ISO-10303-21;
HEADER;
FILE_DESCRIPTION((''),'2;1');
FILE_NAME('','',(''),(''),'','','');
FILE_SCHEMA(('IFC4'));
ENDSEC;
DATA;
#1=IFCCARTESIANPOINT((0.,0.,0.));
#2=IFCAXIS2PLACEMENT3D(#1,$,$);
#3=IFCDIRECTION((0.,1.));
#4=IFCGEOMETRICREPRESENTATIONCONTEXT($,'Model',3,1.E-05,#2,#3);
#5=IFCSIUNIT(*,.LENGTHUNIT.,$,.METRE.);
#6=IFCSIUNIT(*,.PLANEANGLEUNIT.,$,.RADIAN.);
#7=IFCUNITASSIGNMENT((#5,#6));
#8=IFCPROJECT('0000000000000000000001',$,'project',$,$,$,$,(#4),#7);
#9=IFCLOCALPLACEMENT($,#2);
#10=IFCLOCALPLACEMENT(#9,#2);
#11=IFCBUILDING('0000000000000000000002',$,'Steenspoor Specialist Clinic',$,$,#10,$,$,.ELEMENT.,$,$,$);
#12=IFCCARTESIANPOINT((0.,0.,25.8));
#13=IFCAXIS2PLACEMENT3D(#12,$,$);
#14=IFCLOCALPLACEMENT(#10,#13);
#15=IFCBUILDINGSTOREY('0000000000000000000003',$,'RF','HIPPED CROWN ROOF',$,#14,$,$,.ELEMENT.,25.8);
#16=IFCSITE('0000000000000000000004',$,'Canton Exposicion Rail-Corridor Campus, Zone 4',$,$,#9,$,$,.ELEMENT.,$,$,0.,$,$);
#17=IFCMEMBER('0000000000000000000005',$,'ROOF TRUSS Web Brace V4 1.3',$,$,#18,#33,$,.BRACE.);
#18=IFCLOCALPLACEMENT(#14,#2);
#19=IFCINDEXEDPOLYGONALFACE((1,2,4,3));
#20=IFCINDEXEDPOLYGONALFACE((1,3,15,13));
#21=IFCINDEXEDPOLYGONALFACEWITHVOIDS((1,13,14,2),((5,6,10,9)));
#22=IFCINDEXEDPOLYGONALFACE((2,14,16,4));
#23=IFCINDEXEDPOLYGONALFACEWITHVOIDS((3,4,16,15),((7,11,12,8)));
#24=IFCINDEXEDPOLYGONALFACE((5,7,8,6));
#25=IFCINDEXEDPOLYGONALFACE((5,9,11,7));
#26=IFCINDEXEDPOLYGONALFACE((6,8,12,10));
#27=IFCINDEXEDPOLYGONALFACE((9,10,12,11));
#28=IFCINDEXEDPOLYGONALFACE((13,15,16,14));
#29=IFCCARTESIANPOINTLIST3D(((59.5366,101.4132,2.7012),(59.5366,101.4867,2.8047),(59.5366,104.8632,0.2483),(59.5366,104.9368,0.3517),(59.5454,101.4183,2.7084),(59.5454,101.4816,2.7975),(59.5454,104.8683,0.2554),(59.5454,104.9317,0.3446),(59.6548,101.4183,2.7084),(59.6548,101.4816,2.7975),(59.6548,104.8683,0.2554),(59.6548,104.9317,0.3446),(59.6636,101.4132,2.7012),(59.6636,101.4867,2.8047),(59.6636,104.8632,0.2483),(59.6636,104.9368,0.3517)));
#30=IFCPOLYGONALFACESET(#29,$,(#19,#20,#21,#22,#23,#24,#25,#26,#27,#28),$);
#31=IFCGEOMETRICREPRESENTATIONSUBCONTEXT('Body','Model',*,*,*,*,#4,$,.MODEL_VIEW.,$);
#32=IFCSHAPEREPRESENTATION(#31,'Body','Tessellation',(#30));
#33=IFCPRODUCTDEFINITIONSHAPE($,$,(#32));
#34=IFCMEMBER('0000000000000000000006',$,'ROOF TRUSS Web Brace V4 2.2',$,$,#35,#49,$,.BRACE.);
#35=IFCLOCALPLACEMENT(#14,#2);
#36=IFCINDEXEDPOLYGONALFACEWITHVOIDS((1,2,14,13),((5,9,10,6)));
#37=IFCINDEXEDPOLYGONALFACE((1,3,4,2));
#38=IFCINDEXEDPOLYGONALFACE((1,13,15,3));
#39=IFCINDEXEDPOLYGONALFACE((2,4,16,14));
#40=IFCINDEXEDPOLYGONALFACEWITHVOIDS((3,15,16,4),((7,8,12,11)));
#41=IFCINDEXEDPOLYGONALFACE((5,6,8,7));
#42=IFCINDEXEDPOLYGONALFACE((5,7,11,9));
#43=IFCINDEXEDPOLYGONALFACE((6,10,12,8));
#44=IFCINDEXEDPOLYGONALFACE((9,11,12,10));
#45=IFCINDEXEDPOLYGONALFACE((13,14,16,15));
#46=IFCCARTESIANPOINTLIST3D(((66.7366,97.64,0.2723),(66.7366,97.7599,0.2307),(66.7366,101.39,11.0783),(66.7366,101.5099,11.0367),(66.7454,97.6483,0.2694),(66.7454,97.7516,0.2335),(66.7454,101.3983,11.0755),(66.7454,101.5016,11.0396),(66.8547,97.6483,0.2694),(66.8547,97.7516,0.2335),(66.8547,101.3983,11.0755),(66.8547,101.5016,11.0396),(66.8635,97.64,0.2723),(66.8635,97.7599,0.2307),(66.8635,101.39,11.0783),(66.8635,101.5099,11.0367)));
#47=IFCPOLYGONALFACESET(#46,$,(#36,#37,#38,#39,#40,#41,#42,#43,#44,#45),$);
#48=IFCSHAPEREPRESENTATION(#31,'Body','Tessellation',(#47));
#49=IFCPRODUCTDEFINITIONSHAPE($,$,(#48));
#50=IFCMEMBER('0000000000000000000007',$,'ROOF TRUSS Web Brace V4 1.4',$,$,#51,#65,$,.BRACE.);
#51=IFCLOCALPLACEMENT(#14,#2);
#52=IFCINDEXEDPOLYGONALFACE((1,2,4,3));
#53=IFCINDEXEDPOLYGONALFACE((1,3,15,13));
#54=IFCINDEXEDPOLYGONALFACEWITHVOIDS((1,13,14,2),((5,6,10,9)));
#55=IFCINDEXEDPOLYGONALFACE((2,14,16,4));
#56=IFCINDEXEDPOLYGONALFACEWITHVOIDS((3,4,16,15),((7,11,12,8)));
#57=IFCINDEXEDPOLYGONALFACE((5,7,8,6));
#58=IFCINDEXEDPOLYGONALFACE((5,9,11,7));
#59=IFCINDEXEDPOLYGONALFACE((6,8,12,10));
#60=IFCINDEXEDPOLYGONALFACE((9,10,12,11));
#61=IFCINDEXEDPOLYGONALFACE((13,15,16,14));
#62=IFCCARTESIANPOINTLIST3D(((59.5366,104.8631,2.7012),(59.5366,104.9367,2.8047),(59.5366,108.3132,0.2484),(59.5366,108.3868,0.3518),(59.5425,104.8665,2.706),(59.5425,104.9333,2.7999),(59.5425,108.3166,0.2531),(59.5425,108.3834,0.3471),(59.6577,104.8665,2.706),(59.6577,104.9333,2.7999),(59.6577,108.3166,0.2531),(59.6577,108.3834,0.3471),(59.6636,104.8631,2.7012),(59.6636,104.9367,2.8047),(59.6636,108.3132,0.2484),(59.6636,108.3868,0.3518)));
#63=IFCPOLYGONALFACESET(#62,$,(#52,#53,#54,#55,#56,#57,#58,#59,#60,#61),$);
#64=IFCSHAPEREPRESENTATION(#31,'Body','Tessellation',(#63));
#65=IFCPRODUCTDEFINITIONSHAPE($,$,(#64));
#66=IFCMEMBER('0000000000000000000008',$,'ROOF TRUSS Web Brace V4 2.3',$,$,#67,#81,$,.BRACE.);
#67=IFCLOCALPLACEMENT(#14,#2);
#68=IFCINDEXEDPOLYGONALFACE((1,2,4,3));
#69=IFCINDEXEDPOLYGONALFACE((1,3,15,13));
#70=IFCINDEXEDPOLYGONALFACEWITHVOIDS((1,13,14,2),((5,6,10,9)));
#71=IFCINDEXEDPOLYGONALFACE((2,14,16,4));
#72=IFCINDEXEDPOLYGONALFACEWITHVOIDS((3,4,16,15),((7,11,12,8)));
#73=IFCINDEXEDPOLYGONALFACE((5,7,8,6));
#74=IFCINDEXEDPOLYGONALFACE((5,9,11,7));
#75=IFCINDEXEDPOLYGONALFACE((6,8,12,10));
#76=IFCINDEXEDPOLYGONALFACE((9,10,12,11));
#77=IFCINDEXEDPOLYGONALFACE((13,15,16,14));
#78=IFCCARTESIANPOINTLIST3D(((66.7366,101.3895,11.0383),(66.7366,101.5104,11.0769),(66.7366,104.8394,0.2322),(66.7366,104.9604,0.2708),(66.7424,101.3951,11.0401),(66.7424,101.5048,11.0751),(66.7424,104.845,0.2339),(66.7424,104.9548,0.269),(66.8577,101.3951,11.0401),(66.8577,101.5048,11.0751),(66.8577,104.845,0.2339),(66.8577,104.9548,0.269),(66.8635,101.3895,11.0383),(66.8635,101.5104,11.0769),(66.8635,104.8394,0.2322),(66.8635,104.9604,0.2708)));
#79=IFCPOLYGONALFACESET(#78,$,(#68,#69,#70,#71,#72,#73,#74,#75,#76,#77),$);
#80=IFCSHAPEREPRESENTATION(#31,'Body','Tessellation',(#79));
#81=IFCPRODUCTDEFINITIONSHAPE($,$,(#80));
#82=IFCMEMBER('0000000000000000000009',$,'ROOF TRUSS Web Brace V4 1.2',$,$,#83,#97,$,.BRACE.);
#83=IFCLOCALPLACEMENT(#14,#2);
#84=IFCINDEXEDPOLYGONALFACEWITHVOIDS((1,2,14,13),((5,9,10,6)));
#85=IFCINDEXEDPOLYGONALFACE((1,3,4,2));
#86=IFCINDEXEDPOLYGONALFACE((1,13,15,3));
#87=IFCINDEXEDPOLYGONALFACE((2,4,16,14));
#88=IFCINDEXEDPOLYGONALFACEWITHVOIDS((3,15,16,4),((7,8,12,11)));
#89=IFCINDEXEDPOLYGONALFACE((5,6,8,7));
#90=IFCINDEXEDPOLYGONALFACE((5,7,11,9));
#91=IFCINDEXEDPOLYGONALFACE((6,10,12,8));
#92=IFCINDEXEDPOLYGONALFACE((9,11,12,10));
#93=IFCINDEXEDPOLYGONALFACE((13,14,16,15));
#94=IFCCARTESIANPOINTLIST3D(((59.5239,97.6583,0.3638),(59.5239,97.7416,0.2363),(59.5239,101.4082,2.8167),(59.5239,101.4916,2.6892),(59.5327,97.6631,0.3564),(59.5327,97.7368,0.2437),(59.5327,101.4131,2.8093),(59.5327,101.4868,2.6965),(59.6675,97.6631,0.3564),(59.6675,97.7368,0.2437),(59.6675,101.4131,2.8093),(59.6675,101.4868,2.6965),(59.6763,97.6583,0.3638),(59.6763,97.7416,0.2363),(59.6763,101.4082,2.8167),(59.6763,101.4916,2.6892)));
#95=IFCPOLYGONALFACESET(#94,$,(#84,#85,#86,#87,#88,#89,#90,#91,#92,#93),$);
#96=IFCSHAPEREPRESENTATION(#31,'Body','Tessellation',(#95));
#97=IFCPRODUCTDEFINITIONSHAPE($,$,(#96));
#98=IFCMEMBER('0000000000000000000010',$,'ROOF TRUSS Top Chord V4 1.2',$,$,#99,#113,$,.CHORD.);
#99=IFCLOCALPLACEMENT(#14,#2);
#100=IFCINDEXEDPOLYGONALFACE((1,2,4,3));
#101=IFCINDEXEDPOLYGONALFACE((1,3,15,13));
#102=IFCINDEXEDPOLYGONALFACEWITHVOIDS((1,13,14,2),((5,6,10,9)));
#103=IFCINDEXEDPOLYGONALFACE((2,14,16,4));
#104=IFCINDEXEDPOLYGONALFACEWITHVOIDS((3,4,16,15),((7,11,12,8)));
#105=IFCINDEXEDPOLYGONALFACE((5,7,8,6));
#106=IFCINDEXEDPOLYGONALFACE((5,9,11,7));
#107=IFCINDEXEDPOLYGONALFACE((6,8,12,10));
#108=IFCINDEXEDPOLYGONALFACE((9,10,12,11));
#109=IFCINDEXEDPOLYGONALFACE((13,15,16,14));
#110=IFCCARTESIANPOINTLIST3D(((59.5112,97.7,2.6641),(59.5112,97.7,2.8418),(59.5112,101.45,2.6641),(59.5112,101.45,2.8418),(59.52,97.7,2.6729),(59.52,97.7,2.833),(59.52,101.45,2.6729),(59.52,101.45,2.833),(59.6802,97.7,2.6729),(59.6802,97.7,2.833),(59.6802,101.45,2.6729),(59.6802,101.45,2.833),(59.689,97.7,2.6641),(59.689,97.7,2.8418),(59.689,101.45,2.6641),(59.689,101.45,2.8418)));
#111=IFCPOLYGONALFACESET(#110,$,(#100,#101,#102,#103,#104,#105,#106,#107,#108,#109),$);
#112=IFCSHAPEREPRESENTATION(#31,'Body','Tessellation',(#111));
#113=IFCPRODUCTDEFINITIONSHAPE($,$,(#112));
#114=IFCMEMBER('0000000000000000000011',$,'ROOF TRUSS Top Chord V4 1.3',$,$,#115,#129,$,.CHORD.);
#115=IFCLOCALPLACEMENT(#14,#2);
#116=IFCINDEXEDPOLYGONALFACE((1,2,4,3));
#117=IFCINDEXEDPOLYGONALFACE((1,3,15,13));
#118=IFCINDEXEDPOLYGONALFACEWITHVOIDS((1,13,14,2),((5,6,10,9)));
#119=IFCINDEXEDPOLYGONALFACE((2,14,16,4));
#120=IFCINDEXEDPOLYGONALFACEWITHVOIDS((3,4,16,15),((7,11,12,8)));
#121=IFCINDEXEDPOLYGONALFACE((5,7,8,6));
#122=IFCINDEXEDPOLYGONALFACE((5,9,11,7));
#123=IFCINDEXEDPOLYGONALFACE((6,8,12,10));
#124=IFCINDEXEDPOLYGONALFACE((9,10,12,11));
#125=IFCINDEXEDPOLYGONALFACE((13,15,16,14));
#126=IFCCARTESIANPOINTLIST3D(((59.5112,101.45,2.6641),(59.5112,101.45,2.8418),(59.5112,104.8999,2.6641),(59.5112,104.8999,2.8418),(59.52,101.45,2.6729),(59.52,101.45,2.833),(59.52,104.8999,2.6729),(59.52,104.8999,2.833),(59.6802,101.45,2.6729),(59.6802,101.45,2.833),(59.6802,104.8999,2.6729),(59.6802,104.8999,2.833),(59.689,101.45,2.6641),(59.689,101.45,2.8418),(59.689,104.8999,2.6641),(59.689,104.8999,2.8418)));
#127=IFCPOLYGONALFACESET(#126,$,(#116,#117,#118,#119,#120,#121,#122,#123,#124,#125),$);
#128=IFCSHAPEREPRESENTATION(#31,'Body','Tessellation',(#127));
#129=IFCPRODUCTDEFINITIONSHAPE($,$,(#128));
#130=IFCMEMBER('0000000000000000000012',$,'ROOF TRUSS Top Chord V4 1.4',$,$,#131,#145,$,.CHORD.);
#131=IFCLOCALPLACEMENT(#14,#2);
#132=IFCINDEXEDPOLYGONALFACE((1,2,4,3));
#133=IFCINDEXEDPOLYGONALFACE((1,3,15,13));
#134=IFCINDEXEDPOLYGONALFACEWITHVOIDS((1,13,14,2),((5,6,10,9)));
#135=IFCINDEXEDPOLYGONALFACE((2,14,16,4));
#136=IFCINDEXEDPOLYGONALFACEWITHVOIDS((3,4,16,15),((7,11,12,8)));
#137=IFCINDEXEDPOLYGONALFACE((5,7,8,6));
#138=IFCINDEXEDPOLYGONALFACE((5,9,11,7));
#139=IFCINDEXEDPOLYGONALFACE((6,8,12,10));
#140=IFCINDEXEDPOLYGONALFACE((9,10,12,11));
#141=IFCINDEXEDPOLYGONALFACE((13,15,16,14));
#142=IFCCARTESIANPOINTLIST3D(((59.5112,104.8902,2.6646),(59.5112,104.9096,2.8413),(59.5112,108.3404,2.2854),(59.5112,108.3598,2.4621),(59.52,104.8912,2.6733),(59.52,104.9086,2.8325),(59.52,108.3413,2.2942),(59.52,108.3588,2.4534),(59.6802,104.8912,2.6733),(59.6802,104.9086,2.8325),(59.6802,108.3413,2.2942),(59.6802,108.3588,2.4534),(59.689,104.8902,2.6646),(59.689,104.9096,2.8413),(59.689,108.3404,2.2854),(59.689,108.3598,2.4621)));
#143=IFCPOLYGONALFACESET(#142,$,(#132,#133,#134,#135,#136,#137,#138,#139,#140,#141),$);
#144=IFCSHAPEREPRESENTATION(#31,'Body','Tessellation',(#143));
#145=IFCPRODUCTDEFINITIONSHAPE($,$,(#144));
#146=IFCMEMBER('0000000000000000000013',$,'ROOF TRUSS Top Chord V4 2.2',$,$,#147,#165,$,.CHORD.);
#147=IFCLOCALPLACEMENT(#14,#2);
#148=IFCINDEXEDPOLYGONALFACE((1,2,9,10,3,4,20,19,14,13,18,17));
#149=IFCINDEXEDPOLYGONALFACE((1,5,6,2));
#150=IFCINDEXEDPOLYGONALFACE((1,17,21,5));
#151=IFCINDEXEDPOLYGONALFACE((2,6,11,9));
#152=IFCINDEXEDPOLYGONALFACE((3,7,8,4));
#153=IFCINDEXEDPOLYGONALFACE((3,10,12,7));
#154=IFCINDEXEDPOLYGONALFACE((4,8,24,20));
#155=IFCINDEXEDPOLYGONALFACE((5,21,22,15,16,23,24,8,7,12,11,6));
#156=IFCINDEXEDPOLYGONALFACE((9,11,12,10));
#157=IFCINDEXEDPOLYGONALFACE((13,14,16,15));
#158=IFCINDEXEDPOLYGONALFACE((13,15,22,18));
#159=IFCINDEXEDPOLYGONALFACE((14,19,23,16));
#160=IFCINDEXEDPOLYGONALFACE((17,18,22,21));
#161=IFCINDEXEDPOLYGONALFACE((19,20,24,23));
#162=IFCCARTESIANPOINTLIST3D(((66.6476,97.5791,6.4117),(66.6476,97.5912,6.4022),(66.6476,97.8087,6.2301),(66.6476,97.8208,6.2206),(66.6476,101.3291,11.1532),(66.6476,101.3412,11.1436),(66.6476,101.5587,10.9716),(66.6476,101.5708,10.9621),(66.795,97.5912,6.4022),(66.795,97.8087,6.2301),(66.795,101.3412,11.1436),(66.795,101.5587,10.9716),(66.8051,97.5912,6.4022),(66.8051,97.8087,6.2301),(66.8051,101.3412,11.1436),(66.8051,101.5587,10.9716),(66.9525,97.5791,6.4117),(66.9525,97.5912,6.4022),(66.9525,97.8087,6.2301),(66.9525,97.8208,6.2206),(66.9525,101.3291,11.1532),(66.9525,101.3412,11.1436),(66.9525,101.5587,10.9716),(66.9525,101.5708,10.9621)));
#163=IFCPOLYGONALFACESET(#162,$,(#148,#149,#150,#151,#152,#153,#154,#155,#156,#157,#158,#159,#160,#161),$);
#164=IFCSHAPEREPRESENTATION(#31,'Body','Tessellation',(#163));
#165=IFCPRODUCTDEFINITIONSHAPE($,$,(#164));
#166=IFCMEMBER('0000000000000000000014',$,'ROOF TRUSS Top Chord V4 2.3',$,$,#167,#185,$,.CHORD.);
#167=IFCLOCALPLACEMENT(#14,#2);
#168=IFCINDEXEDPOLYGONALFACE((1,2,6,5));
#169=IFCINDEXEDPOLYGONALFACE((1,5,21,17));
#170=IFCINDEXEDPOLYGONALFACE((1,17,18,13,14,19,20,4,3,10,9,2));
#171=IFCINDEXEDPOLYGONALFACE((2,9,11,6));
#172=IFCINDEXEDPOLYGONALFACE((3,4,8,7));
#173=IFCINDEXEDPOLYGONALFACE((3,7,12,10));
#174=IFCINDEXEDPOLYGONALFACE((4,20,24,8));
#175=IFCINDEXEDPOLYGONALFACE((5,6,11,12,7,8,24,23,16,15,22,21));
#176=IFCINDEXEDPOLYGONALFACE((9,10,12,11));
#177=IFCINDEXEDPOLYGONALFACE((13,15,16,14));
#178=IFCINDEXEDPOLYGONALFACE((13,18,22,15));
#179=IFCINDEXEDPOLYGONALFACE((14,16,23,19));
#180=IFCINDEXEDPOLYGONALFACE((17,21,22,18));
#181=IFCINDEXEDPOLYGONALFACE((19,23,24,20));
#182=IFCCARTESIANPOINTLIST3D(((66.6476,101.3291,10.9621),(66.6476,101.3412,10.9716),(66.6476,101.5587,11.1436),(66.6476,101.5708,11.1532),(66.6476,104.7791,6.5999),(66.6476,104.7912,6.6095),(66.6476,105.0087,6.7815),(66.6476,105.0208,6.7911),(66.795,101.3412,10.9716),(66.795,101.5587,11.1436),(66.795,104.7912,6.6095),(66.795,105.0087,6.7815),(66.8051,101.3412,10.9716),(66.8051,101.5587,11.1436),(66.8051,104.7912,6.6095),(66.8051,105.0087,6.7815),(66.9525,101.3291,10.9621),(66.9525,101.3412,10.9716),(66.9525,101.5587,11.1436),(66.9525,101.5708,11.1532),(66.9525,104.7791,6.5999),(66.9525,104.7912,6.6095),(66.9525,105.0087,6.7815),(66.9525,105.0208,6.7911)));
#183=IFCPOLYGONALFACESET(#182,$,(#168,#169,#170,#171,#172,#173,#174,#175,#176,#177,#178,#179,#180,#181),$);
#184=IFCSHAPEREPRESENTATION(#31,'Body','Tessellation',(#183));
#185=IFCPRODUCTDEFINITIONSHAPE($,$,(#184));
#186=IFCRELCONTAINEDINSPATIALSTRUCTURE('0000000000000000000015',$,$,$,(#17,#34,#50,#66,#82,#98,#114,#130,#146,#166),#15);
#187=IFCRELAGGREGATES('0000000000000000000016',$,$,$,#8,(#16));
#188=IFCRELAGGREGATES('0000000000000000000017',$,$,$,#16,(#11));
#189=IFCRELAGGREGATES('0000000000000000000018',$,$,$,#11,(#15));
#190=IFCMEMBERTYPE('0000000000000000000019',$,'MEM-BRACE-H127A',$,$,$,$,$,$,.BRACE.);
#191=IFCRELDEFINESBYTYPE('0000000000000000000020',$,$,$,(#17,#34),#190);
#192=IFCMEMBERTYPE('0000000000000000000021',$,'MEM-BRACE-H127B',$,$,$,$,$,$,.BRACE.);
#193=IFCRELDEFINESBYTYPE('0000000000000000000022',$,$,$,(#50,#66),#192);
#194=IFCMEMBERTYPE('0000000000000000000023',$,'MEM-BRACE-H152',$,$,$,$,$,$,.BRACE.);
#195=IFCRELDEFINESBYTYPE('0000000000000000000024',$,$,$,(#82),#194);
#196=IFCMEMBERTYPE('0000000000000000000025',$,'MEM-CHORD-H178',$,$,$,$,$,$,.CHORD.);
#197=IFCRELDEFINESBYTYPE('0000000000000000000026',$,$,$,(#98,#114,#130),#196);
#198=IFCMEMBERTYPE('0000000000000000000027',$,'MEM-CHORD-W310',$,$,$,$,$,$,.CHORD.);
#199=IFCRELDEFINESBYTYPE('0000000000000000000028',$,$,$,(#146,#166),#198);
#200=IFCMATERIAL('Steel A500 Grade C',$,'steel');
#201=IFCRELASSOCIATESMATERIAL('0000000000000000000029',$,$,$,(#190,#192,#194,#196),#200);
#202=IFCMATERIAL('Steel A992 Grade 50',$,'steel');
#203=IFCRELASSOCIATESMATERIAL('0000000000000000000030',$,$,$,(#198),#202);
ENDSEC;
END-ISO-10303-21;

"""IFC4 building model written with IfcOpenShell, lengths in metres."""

from ifc_helpers import new_model, si_unit, direction, frame, origin, origin_2d, place, context, subcontext, project, spatial, hollow_rectangle, i_section, extrude, material, material_profile, profile_set, type_object, element, save


model = new_model("IFC4")

# Units and contexts
model_context = context("Model", 3, precision=1e-05, world=origin(), true_north=direction((0.0, 1.0)))
body_context = subcontext(model_context, "Body", "Model", "MODEL_VIEW")
ifc_project = project(units=[si_unit("LENGTHUNIT", "METRE"), si_unit("PLANEANGLEUNIT", "RADIAN")], contexts=[model_context])

# Site, building, storey
site_placement = place(None, origin())
site = spatial("IfcSite", under=ifc_project, at=site_placement, Name="Canton Exposicion Rail-Corridor Campus, Zone 4", CompositionType="ELEMENT", RefElevation=0.0)
building_placement = place(site_placement, origin())
building = spatial("IfcBuilding", under=site, at=building_placement, Name="Steenspoor Specialist Clinic", CompositionType="ELEMENT")
storey_placement = place(building_placement, frame((0.0, 0.0, 25.8)))
storey = spatial("IfcBuildingStorey", under=building, at=storey_placement, Name="RF", Description="HIPPED CROWN ROOF", CompositionType="ELEMENT", Elevation=25.8)

# Members
ifc_material_1 = material(Name="Steel A500 Grade C", Category="steel")
ifc_material_profile_1 = material_profile(ifc_material_1, hollow_rectangle(XDim=0.127, YDim=0.127, WallThickness=0.0088, at=origin_2d()), Name="HSS127X127X9.5")
ifc_profile_set_1 = profile_set([ifc_material_profile_1], Name="Steel A500 Grade C")
member_type_1 = type_object("IfcMemberType", Name="MEM-BRACE-H127A", PredefinedType="BRACE", material=ifc_profile_set_1)
member_1_placement = place(storey_placement, frame((59.6001, 101.45, 2.7529), z_axis=(0.0, 0.815002, -0.579458), x_axis=(-1.0, 0.0, 0.0)))
element("IfcMember", 1, at=member_1_placement, inside=storey, type_object=member_type_1, Name="ROOF TRUSS Web Brace V4 1.3", PredefinedType="BRACE", context=body_context, shape_type="SweptSolid", body=[
    extrude(hollow_rectangle(XDim=0.127, YDim=0.127, WallThickness=0.0088, at=origin_2d()), origin(), (0.0, 0.0, 1.0), 4.2332),
])
member_2_placement = place(storey_placement, frame((66.8, 97.7, 0.2515), z_axis=(0.0, 0.327845, 0.944732), x_axis=(-1.0, 0.0, 0.0)))
element("IfcMember", 2, at=member_2_placement, inside=storey, type_object=member_type_1, Name="ROOF TRUSS Web Brace V4 2.2", PredefinedType="BRACE", context=body_context, shape_type="SweptSolid", body=[
    extrude(hollow_rectangle(XDim=0.127, YDim=0.127, WallThickness=0.0088, at=origin_2d()), origin(), (0.0, 0.0, 1.0), 11.4382),
])
ifc_material_profile_2 = material_profile(ifc_material_1, hollow_rectangle(XDim=0.127, YDim=0.127, WallThickness=0.0059, at=origin_2d()), Name="HSS127X127X6.4")
ifc_profile_set_2 = profile_set([ifc_material_profile_2], Name="Steel A500 Grade C")
member_type_2 = type_object("IfcMemberType", Name="MEM-BRACE-H127B", PredefinedType="BRACE", material=ifc_profile_set_2)
member_3_placement = place(storey_placement, frame((59.6001, 104.8999, 2.7529), z_axis=(0.0, 0.815021, -0.579431), x_axis=(-1.0, 0.0, 0.0)))
element("IfcMember", 3, at=member_3_placement, inside=storey, type_object=member_type_2, Name="ROOF TRUSS Web Brace V4 1.4", PredefinedType="BRACE", context=body_context, shape_type="SweptSolid", body=[
    extrude(hollow_rectangle(XDim=0.127, YDim=0.127, WallThickness=0.0059, at=origin_2d()), origin(), (0.0, 0.0, 1.0), 4.2332),
])
member_4_placement = place(storey_placement, frame((66.8, 101.45, 11.0576), z_axis=(0.0, 0.304135, -0.952629), x_axis=(-1.0, 0.0, 0.0)))
element("IfcMember", 4, at=member_4_placement, inside=storey, type_object=member_type_2, Name="ROOF TRUSS Web Brace V4 2.3", PredefinedType="BRACE", context=body_context, shape_type="SweptSolid", body=[
    extrude(hollow_rectangle(XDim=0.127, YDim=0.127, WallThickness=0.0059, at=origin_2d()), origin(), (0.0, 0.0, 1.0), 11.3435),
])
ifc_material_profile_3 = material_profile(ifc_material_1, hollow_rectangle(XDim=0.1523, YDim=0.1523, WallThickness=0.0088, at=origin_2d()), Name="HSS152X152X9.5")
ifc_profile_set_3 = profile_set([ifc_material_profile_3], Name="Steel A500 Grade C")
member_type_3 = type_object("IfcMemberType", Name="MEM-BRACE-H152", PredefinedType="BRACE", material=ifc_profile_set_3)
member_5_placement = place(storey_placement, frame((59.6001, 97.7, 0.3), z_axis=(0.0, 0.836872, 0.547399), x_axis=(-1.0, 0.0, 0.0)))
element("IfcMember", 5, at=member_5_placement, inside=storey, type_object=member_type_3, Name="ROOF TRUSS Web Brace V4 1.2", PredefinedType="BRACE", context=body_context, shape_type="SweptSolid", body=[
    extrude(hollow_rectangle(XDim=0.1523, YDim=0.1523, WallThickness=0.0088, at=origin_2d()), origin(), (0.0, 0.0, 1.0), 4.481),
])
ifc_material_profile_4 = material_profile(ifc_material_1, hollow_rectangle(XDim=0.1777, YDim=0.1777, WallThickness=0.0088, at=origin_2d()), Name="HSS178X178X9.5")
ifc_profile_set_4 = profile_set([ifc_material_profile_4], Name="Steel A500 Grade C")
member_type_4 = type_object("IfcMemberType", Name="MEM-CHORD-H178", PredefinedType="CHORD", material=ifc_profile_set_4)
member_6_placement = place(storey_placement, frame((59.6001, 97.7, 2.7529), z_axis=(0.0, 1.0, 0.0), x_axis=(-1.0, 0.0, 0.0)))
element("IfcMember", 6, at=member_6_placement, inside=storey, type_object=member_type_4, Name="ROOF TRUSS Top Chord V4 1.2", PredefinedType="CHORD", context=body_context, shape_type="SweptSolid", body=[
    extrude(hollow_rectangle(XDim=0.1777, YDim=0.1777, WallThickness=0.0088, at=origin_2d()), origin(), (0.0, 0.0, 1.0), 3.75),
])
member_7_placement = place(storey_placement, frame((59.6001, 101.45, 2.7529), z_axis=(0.0, 1.0, 0.0), x_axis=(-1.0, 0.0, 0.0)))
element("IfcMember", 7, at=member_7_placement, inside=storey, type_object=member_type_4, Name="ROOF TRUSS Top Chord V4 1.3", PredefinedType="CHORD", context=body_context, shape_type="SweptSolid", body=[
    extrude(hollow_rectangle(XDim=0.1777, YDim=0.1777, WallThickness=0.0088, at=origin_2d()), origin(), (0.0, 0.0, 1.0), 3.45),
])
member_8_placement = place(storey_placement, frame((59.6001, 104.8999, 2.7529), z_axis=(0.0, 0.994016, -0.109235), x_axis=(-1.0, 0.0, 0.0)))
element("IfcMember", 8, at=member_8_placement, inside=storey, type_object=member_type_4, Name="ROOF TRUSS Top Chord V4 1.4", PredefinedType="CHORD", context=body_context, shape_type="SweptSolid", body=[
    extrude(hollow_rectangle(XDim=0.1777, YDim=0.1777, WallThickness=0.0088, at=origin_2d()), origin(), (0.0, 0.0, 1.0), 3.4709),
])
ifc_material_2 = material(Name="Steel A992 Grade 50", Category="steel")
ifc_material_profile_5 = material_profile(ifc_material_2, i_section(OverallWidth=0.3049, OverallDepth=0.3081, WebThickness=0.01, FlangeThickness=0.0154, at=origin_2d()), Name="W310X97")
ifc_profile_set_5 = profile_set([ifc_material_profile_5], Name="Steel A992 Grade 50")
member_type_5 = type_object("IfcMemberType", Name="MEM-CHORD-W310", PredefinedType="CHORD", material=ifc_profile_set_5)
member_9_placement = place(storey_placement, frame((66.8, 97.7, 6.3162), z_axis=(0.0, 0.620332, 0.78434), x_axis=(-1.0, 0.0, 0.0)))
element("IfcMember", 9, at=member_9_placement, inside=storey, type_object=member_type_5, Name="ROOF TRUSS Top Chord V4 2.2", PredefinedType="CHORD", context=body_context, shape_type="SweptSolid", body=[
    extrude(i_section(OverallWidth=0.3049, OverallDepth=0.3081, WebThickness=0.01, FlangeThickness=0.0154, at=origin_2d()), origin(), (0.0, 0.0, 1.0), 6.0452),
])
member_10_placement = place(storey_placement, frame((66.8, 101.45, 11.0576), z_axis=(0.0, 0.620333, -0.784339), x_axis=(-1.0, 0.0, 0.0)))
element("IfcMember", 10, at=member_10_placement, inside=storey, type_object=member_type_5, Name="ROOF TRUSS Top Chord V4 2.3", PredefinedType="CHORD", context=body_context, shape_type="SweptSolid", body=[
    extrude(i_section(OverallWidth=0.3049, OverallDepth=0.3081, WebThickness=0.01, FlangeThickness=0.0154, at=origin_2d()), origin(), (0.0, 0.0, 1.0), 5.5615),
])

save(model, "model.ifc")
